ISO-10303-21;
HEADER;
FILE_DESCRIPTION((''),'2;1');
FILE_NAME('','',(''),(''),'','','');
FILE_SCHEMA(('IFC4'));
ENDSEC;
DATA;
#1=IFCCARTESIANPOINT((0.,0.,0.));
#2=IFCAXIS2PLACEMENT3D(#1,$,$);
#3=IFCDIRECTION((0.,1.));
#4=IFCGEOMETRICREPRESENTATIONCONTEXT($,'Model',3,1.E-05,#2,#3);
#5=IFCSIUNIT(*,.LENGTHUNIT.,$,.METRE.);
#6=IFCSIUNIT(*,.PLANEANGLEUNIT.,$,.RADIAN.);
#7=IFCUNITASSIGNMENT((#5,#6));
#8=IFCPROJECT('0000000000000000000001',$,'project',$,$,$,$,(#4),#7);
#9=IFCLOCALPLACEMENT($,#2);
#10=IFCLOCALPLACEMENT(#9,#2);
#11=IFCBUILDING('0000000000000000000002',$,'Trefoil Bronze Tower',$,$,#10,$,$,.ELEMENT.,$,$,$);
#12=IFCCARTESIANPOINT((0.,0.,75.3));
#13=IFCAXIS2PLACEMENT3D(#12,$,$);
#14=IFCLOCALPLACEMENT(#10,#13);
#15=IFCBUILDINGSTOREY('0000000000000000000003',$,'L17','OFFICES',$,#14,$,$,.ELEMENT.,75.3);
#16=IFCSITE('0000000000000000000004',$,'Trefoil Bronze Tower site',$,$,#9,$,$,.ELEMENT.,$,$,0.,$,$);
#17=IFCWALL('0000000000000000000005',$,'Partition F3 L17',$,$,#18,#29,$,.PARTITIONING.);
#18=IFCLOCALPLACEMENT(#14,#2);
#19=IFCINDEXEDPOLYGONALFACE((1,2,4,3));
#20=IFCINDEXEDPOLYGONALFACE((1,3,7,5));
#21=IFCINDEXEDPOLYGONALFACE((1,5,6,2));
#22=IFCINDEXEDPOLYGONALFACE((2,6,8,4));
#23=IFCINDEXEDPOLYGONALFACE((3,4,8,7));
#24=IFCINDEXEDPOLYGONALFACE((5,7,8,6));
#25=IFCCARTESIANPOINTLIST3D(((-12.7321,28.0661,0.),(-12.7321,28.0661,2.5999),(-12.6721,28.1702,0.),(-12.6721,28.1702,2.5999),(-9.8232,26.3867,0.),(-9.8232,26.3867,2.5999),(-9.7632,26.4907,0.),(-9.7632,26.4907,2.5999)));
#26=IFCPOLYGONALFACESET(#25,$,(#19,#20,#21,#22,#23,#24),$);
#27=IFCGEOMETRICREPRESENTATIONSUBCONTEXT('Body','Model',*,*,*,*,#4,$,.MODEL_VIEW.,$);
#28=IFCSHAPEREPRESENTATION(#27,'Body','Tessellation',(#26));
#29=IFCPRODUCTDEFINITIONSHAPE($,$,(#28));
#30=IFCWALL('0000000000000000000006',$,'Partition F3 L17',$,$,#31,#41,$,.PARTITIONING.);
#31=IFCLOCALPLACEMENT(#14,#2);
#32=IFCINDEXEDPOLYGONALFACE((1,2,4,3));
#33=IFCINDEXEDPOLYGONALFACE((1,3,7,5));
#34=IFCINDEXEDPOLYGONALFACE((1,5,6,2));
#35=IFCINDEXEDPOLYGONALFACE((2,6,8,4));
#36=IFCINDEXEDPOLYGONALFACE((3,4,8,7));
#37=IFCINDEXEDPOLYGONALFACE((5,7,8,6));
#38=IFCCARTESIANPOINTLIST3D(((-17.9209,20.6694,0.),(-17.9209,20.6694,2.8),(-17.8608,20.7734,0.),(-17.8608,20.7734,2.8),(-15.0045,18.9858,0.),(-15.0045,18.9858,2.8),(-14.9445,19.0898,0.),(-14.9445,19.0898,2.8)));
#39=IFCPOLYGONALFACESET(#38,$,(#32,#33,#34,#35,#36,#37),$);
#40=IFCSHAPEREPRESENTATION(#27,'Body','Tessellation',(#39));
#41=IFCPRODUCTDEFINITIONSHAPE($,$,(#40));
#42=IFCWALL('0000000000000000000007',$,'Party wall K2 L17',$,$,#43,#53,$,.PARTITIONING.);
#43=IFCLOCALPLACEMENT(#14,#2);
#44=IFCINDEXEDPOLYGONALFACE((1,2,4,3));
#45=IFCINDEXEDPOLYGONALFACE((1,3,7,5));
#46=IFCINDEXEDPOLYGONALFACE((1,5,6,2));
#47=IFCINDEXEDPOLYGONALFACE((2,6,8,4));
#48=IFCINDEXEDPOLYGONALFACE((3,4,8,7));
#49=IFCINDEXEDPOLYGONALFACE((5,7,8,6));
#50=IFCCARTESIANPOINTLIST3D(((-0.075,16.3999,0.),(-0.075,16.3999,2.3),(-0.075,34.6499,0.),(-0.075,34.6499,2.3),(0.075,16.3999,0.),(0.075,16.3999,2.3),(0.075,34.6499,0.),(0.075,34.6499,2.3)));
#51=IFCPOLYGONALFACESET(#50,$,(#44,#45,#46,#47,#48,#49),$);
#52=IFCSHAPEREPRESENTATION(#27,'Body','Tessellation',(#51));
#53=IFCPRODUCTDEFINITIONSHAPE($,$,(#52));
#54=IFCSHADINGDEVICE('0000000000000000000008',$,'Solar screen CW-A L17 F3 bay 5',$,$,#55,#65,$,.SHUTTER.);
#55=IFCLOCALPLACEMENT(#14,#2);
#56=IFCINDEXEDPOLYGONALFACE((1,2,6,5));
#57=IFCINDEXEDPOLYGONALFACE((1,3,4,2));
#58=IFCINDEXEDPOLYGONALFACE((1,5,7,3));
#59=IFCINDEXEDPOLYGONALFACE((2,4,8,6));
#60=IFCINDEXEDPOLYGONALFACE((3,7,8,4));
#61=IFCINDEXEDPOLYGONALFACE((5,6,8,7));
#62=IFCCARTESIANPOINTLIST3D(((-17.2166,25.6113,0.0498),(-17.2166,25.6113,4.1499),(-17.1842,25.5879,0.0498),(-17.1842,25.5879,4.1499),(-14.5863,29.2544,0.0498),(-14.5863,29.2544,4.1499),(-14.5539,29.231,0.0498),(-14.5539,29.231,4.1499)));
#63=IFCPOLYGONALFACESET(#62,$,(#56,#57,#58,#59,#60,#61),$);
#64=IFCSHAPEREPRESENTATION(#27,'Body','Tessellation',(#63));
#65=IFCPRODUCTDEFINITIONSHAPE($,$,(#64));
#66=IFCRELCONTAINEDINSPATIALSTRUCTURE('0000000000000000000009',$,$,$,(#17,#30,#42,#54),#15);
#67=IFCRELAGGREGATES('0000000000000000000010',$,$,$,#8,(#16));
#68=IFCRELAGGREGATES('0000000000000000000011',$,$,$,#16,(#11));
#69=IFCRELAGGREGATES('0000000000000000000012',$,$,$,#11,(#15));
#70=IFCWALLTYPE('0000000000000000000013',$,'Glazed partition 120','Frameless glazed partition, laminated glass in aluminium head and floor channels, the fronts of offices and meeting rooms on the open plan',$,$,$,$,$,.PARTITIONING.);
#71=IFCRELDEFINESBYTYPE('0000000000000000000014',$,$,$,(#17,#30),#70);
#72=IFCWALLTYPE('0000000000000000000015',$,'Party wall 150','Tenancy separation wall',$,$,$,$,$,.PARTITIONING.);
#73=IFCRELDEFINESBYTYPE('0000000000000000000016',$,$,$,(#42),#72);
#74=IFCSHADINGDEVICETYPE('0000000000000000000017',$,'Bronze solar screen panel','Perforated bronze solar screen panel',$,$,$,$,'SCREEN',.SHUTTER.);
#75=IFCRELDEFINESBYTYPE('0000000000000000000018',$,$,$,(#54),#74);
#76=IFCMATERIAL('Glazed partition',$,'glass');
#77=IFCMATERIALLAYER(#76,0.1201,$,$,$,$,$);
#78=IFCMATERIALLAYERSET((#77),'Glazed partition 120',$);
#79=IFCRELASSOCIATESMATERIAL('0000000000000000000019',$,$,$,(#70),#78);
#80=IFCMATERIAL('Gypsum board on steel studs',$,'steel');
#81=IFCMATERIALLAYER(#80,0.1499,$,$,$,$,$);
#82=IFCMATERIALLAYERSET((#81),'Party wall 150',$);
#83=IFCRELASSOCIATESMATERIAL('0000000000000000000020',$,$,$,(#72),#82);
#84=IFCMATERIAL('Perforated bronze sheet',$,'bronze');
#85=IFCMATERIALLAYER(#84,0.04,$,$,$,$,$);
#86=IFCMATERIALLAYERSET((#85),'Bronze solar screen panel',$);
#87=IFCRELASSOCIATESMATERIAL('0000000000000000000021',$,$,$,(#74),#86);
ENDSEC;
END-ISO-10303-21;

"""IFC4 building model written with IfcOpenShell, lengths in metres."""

from ifc_helpers import new_model, si_unit, direction, frame, frame_2d, origin, origin_2d, place, context, subcontext, project, spatial, rectangle, extrude, material, layer, layer_set, type_object, element, save


model = new_model("IFC4")

# Units and contexts
model_context = context("Model", 3, precision=1e-05, world=origin(), true_north=direction((0.0, 1.0)))
body_context = subcontext(model_context, "Body", "Model", "MODEL_VIEW")
ifc_project = project(units=[si_unit("LENGTHUNIT", "METRE"), si_unit("PLANEANGLEUNIT", "RADIAN")], contexts=[model_context])

# Site, building, storey
site_placement = place(None, origin())
site = spatial("IfcSite", under=ifc_project, at=site_placement, Name="Trefoil Bronze Tower site", CompositionType="ELEMENT", RefElevation=0.0)
building_placement = place(site_placement, origin())
building = spatial("IfcBuilding", under=site, at=building_placement, Name="Trefoil Bronze Tower", CompositionType="ELEMENT")
storey_placement = place(building_placement, frame((0.0, 0.0, 75.3)))
storey = spatial("IfcBuildingStorey", under=building, at=storey_placement, Name="L17", Description="OFFICES", CompositionType="ELEMENT", Elevation=75.3)

# Shared definitions
ifc_material_1 = material(Name="Glazed partition", Category="glass")
ifc_layer_1 = layer(ifc_material_1, 0.1201)
ifc_layer_set_1 = layer_set([ifc_layer_1], Name="Glazed partition 120")
wall_type_1 = type_object("IfcWallType", Name="Glazed partition 120", Description="Frameless glazed partition, laminated glass in aluminium head and floor channels, the fronts of offices and meeting rooms on the open plan", PredefinedType="PARTITIONING", material=ifc_layer_set_1)

# Walls
wall_1_placement = place(storey_placement, frame((-9.7932, 26.4387, 0.0), z_axis=(0.0, 0.0, 1.0), x_axis=(-0.866029, 0.499993, 0.0)))
element("IfcWall", 1, at=wall_1_placement, inside=storey, type_object=wall_type_1, Name="Partition F3 L17", PredefinedType="PARTITIONING", context=body_context, shape_type="SweptSolid", body=[
    extrude(rectangle(XDim=3.3589, YDim=0.1201, at=frame_2d((1.6794, 0.0))), origin(), (0.0, 0.0, 1.0), 2.5999),
])
wall_2_placement = place(storey_placement, frame((-14.9746, 19.0378, 0.0), z_axis=(0.0, 0.0, 1.0), x_axis=(-0.866039, 0.499976, 0.0)))
element("IfcWall", 2, at=wall_2_placement, inside=storey, type_object=wall_type_1, Name="Partition F3 L17", PredefinedType="PARTITIONING", context=body_context, shape_type="SweptSolid", body=[
    extrude(rectangle(XDim=3.3674, YDim=0.1201, at=frame_2d((1.6836, 0.0))), origin(), (0.0, 0.0, 1.0), 2.8),
])
ifc_material_2 = material(Name="Gypsum board on steel studs", Category="steel")
ifc_layer_2 = layer(ifc_material_2, 0.1499)
ifc_layer_set_2 = layer_set([ifc_layer_2], Name="Party wall 150")
wall_type_2 = type_object("IfcWallType", Name="Party wall 150", Description="Tenancy separation wall", PredefinedType="PARTITIONING", material=ifc_layer_set_2)
wall_3_placement = place(storey_placement, frame((0.0, 16.3999, 0.0), z_axis=(0.0, 0.0, 1.0), x_axis=(0.0, 1.0, 0.0)))
element("IfcWall", 3, at=wall_3_placement, inside=storey, type_object=wall_type_2, Name="Party wall K2 L17", PredefinedType="PARTITIONING", context=body_context, shape_type="SweptSolid", body=[
    extrude(rectangle(XDim=18.25, YDim=0.1499, at=frame_2d((9.125, 0.0))), origin(), (0.0, 0.0, 1.0), 2.3),
])

# Shading device
ifc_material_3 = material(Name="Perforated bronze sheet", Category="bronze")
ifc_layer_3 = layer(ifc_material_3, 0.04)
ifc_layer_set_3 = layer_set([ifc_layer_3], Name="Bronze solar screen panel")
shading_device_type = type_object("IfcShadingDeviceType", Name="Bronze solar screen panel", Description="Perforated bronze solar screen panel", ElementType="SCREEN", PredefinedType="SHUTTER", material=ifc_layer_set_3)
shading_device_placement = place(storey_placement, frame((-15.8853, 27.4211, 0.0498), z_axis=(0.0, 0.0, 1.0), x_axis=(-0.585373, -0.810764, 0.0)))
element("IfcShadingDevice", 4, at=shading_device_placement, inside=storey, type_object=shading_device_type, Name="Solar screen CW-A L17 F3 bay 5", PredefinedType="SHUTTER", context=body_context, shape_type="SweptSolid", body=[
    extrude(rectangle(XDim=4.4934, YDim=0.04, at=origin_2d()), origin(), (0.0, 0.0, 1.0), 4.1001),
])

save(model, "model.ifc")
